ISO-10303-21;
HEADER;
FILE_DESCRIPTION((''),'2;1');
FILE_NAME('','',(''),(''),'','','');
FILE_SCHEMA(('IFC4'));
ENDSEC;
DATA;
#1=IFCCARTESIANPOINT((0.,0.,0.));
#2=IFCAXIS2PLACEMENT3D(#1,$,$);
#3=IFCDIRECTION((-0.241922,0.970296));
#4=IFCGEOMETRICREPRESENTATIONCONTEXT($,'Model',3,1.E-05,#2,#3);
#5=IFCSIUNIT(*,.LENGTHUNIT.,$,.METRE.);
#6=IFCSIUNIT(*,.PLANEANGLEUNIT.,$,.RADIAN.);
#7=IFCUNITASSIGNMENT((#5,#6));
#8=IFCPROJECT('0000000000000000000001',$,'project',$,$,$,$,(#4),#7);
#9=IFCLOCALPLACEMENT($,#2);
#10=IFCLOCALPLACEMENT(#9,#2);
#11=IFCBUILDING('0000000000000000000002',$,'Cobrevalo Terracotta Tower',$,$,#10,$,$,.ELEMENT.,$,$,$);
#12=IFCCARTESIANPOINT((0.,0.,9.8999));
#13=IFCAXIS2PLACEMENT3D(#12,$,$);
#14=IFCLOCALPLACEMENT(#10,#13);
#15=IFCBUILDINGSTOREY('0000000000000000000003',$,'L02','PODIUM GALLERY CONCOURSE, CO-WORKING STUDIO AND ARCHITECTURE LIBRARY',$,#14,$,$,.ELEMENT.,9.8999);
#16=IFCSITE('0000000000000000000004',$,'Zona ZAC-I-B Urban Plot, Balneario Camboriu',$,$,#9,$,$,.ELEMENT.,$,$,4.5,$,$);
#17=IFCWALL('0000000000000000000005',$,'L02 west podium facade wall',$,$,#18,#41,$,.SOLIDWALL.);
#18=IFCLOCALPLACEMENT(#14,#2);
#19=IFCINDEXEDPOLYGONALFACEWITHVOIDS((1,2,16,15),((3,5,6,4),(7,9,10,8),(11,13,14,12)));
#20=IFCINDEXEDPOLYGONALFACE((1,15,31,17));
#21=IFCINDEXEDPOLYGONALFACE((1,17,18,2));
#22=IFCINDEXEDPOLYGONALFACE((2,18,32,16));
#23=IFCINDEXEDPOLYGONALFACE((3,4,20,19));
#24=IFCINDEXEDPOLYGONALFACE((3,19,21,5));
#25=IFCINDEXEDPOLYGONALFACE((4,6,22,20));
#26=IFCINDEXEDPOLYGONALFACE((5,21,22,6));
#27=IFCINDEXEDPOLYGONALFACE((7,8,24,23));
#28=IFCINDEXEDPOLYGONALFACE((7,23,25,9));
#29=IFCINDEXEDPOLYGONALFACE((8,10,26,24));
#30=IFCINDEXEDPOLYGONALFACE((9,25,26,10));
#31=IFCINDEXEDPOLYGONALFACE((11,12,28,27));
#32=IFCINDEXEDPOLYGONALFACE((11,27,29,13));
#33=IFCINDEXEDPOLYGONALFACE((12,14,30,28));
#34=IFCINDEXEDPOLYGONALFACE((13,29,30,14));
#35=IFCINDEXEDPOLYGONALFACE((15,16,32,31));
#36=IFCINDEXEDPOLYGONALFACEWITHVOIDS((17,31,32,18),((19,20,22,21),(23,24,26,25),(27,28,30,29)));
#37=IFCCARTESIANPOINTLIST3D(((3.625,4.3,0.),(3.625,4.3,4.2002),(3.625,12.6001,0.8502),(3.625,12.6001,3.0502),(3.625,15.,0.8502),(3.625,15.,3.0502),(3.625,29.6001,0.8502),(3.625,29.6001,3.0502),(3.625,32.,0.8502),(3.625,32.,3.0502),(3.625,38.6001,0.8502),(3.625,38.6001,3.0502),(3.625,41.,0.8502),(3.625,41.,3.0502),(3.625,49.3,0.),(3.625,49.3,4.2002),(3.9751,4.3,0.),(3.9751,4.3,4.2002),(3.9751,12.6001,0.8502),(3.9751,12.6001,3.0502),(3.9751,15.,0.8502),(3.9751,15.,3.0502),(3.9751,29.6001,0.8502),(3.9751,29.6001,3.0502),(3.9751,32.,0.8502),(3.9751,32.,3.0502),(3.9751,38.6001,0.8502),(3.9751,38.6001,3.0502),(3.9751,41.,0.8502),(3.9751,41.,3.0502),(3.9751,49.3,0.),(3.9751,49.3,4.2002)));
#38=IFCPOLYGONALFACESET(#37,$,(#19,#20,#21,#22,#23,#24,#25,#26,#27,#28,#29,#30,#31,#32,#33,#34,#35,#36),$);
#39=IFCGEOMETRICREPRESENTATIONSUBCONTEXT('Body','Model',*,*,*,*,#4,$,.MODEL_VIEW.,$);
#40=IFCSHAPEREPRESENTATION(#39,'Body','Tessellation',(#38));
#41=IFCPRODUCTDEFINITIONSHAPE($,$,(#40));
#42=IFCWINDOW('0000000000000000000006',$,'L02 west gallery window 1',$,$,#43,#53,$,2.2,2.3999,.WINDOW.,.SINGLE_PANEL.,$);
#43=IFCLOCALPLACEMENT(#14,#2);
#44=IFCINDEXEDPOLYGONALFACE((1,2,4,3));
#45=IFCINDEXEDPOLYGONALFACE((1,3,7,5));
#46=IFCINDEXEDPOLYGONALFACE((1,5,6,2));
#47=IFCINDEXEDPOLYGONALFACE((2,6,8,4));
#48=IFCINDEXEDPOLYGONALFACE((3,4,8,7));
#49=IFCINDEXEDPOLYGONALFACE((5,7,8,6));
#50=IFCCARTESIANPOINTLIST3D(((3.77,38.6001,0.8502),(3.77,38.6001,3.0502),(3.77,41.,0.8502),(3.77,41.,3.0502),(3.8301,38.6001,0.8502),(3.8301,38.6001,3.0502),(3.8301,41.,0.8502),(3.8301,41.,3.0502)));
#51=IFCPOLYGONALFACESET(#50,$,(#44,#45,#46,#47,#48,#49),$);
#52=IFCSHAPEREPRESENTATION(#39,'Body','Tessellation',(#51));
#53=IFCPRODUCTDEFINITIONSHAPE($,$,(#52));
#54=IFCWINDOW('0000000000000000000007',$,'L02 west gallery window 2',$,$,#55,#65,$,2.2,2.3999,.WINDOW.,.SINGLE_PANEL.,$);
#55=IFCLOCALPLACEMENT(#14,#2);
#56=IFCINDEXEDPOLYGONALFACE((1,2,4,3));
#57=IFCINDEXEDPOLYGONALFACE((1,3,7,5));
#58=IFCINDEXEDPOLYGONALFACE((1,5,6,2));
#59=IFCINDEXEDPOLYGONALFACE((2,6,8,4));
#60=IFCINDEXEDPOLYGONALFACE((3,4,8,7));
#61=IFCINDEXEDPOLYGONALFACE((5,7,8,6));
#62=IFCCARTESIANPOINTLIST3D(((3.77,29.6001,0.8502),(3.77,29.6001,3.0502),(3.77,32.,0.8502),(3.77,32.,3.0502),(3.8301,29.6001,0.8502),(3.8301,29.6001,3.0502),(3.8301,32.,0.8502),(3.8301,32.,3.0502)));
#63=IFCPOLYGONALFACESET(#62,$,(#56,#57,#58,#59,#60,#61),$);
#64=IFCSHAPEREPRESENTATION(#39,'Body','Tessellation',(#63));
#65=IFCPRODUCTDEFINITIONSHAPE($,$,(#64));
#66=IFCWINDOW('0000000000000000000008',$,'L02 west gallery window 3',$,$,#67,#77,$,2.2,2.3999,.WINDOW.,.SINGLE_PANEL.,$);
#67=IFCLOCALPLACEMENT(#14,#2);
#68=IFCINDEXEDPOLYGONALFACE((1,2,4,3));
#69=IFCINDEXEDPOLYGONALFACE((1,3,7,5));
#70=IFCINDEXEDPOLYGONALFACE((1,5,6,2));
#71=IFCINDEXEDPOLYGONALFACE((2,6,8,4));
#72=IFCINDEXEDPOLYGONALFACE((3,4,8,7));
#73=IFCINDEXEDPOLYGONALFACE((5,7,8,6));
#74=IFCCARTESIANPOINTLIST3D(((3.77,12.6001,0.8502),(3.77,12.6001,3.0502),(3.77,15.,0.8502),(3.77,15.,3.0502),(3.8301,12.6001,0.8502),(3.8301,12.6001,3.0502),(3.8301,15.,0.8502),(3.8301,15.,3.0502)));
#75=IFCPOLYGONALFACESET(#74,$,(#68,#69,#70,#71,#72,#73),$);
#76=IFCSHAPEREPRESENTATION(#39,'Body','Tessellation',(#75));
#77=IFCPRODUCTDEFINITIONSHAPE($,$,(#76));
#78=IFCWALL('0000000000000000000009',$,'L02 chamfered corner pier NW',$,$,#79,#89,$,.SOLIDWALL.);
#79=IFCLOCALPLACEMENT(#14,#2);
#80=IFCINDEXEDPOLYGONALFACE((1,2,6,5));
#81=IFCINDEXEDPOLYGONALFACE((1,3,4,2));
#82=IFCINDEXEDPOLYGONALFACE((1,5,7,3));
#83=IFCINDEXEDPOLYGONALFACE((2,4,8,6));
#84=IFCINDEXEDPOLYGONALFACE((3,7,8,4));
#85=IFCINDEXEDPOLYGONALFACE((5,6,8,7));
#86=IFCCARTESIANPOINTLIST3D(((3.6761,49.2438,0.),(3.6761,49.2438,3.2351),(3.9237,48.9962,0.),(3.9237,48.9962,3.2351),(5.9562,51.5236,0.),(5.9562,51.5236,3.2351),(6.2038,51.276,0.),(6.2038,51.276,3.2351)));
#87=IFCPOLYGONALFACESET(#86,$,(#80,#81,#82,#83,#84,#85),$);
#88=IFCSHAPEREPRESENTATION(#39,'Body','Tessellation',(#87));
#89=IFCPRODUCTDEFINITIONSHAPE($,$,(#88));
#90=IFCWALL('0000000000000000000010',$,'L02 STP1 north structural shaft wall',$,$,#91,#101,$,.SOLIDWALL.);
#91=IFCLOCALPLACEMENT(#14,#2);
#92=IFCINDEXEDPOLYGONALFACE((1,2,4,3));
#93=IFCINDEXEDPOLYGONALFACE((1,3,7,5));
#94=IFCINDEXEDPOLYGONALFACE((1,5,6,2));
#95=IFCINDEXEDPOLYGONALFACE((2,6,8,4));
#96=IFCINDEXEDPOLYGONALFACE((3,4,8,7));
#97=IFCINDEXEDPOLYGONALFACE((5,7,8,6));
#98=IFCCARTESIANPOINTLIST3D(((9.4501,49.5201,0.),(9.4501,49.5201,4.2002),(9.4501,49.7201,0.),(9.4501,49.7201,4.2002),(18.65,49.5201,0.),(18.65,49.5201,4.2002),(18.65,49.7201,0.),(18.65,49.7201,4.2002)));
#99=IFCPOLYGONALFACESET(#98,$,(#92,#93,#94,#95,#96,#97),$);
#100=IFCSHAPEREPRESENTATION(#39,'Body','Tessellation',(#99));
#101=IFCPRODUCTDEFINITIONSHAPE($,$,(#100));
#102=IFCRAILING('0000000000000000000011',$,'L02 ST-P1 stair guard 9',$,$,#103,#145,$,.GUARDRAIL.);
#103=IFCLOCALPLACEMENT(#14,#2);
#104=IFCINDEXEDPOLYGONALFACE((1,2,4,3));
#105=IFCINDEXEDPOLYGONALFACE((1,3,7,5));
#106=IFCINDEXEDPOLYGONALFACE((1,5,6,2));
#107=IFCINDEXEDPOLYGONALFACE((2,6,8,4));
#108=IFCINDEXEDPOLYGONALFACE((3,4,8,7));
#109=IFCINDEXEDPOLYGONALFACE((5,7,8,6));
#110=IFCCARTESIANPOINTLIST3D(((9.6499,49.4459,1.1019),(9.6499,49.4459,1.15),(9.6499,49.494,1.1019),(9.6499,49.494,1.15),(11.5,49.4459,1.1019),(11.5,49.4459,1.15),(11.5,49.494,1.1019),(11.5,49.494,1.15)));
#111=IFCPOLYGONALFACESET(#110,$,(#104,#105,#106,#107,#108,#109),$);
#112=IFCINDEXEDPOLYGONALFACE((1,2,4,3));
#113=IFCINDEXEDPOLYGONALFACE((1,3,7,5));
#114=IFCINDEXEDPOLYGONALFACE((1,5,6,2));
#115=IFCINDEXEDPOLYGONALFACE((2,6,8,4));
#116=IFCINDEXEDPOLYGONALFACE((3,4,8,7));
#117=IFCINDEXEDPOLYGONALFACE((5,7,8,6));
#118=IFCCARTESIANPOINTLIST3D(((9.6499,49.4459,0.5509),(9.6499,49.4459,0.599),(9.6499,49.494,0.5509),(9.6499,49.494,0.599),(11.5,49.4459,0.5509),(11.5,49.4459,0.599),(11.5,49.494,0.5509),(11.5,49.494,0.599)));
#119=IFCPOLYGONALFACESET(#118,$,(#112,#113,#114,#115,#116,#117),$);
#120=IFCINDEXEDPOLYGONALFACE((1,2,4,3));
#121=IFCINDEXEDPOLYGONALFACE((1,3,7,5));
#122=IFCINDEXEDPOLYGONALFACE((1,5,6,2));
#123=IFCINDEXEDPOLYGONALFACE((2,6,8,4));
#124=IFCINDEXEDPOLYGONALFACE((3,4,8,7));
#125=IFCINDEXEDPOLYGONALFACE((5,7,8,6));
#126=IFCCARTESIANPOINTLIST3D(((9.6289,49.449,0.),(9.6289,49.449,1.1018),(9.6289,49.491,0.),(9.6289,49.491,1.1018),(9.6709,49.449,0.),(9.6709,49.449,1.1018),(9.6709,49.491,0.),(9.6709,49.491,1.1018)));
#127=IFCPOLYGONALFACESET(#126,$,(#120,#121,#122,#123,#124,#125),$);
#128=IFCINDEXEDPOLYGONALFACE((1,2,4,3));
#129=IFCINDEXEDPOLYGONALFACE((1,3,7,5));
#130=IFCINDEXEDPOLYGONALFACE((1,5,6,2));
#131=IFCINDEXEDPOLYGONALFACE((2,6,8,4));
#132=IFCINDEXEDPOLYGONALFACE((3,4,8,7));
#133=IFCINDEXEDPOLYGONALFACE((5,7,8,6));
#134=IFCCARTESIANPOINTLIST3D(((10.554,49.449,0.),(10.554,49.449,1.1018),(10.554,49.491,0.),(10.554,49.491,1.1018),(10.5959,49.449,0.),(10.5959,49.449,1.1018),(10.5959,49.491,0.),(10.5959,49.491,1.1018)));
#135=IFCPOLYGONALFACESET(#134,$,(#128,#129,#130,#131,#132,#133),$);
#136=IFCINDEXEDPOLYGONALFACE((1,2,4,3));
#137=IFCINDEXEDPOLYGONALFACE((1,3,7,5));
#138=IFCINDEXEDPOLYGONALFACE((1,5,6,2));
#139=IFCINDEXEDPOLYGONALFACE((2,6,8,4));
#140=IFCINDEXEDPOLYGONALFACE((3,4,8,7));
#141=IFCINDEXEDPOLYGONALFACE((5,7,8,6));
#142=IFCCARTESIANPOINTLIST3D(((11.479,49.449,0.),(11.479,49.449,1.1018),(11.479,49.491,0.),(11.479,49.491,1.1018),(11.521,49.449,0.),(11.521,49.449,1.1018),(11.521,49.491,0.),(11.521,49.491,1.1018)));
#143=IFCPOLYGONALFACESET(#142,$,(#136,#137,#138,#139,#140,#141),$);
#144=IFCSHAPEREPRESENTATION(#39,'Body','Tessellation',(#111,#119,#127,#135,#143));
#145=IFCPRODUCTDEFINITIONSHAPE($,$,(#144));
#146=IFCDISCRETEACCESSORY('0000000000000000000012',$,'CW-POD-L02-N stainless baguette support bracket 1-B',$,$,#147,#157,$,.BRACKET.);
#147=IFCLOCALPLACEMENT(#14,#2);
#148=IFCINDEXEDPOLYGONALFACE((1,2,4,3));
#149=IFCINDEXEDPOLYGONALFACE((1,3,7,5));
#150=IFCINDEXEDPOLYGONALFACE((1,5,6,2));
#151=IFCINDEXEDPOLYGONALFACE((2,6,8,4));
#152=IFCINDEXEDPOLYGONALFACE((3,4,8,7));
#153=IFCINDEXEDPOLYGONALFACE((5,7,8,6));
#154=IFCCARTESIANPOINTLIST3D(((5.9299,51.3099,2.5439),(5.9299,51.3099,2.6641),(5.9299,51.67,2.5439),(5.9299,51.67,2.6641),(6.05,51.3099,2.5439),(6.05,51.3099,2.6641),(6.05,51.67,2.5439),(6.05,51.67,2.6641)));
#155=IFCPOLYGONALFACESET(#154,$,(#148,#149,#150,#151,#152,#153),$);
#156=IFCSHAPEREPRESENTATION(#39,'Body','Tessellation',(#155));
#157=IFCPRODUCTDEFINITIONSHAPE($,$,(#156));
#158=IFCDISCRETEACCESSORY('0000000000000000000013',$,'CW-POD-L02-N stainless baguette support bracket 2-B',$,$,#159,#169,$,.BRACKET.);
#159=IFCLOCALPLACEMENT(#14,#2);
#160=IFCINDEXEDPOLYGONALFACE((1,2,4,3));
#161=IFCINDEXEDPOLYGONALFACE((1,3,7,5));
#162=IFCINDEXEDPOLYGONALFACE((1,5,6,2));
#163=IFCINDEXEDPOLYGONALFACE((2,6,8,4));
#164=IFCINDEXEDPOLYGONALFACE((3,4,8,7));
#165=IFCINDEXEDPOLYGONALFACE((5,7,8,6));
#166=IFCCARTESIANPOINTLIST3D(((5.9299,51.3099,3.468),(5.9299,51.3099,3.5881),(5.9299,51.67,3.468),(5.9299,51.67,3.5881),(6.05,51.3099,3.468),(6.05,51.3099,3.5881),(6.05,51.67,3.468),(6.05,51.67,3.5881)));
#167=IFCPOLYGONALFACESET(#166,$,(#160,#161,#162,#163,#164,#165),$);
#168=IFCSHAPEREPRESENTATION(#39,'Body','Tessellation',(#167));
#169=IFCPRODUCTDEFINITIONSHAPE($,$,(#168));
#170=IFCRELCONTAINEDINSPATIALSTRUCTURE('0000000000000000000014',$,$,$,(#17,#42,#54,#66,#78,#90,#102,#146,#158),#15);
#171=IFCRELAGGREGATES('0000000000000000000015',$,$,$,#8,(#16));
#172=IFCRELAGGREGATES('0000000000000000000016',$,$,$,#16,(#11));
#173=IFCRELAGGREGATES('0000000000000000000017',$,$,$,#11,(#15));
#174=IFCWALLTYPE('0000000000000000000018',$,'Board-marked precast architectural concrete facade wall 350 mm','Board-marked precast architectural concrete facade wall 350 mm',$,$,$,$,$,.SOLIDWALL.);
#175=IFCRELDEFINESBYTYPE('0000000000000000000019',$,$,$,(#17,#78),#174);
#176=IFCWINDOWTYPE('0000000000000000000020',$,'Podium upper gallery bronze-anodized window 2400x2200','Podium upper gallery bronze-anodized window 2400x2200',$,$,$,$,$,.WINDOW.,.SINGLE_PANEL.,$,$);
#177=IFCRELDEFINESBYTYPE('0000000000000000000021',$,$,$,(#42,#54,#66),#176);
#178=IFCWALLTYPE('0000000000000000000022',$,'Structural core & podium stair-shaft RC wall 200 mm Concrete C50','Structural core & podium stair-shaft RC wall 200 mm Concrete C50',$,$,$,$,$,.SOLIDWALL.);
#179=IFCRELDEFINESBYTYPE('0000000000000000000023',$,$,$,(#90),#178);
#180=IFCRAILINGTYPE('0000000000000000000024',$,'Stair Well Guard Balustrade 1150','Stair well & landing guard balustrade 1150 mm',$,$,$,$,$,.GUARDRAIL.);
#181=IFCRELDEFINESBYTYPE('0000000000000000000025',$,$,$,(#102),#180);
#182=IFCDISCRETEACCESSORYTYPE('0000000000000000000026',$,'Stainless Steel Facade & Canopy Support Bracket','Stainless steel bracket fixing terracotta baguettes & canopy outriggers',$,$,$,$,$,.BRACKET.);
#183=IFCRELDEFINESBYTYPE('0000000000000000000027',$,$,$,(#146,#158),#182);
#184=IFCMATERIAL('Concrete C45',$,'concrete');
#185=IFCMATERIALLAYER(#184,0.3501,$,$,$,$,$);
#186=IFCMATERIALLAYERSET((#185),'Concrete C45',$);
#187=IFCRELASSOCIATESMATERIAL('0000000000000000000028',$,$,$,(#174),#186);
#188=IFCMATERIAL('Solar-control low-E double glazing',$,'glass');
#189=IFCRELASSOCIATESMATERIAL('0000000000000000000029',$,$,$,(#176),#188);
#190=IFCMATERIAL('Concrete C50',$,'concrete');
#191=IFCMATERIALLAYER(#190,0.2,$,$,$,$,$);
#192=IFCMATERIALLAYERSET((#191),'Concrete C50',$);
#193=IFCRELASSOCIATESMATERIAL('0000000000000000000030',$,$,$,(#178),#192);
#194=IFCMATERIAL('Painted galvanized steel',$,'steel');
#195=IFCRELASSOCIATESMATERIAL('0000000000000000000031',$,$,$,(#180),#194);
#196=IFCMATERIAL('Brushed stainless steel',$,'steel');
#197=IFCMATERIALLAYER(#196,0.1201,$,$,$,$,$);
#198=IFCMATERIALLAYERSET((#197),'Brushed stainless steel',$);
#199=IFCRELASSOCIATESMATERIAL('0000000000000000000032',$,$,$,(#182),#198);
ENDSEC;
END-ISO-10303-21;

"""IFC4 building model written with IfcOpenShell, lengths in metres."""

from ifc_helpers import new_model, si_unit, direction, frame, frame_2d, origin, origin_2d, place, context, subcontext, project, spatial, rectangle, extrude, source, transform, mapped, material, layer, layer_set, type_object, element, fill, save


model = new_model("IFC4")

# Units and contexts
model_context = context("Model", 3, precision=1e-05, world=origin(), true_north=direction((-0.241922, 0.970296)))
body_context = subcontext(model_context, "Body", "Model", "MODEL_VIEW")
ifc_project = project(units=[si_unit("LENGTHUNIT", "METRE"), si_unit("PLANEANGLEUNIT", "RADIAN")], contexts=[model_context])

# Site, building, storey
site_placement = place(None, origin())
site = spatial("IfcSite", under=ifc_project, at=site_placement, Name="Zona ZAC-I-B Urban Plot, Balneario Camboriu", CompositionType="ELEMENT", RefElevation=4.5)
building_placement = place(site_placement, origin())
building = spatial("IfcBuilding", under=site, at=building_placement, Name="Cobrevalo Terracotta Tower", CompositionType="ELEMENT")
storey_placement = place(building_placement, frame((0.0, 0.0, 9.8999)))
storey = spatial("IfcBuildingStorey", under=building, at=storey_placement, Name="L02", Description="PODIUM GALLERY CONCOURSE, CO-WORKING STUDIO AND ARCHITECTURE LIBRARY", CompositionType="ELEMENT", Elevation=9.8999)

# Shared definitions
ifc_material_1 = material(Name="Concrete C50", Category="concrete")

# Wall, openings, windows
ifc_material_2 = material(Name="Concrete C45", Category="concrete")
ifc_layer_1 = layer(ifc_material_2, 0.3501)
ifc_layer_set_1 = layer_set([ifc_layer_1], Name="Concrete C45")
wall_type_1 = type_object("IfcWallType", Name="Board-marked precast architectural concrete facade wall 350 mm", Description="Board-marked precast architectural concrete facade wall 350 mm", PredefinedType="SOLIDWALL", material=ifc_layer_set_1)
wall_1_placement = place(storey_placement, frame((3.8, 49.3, 0.0), z_axis=(0.0, 0.0, 1.0), x_axis=(0.0, -1.0, 0.0)))
wall_1 = element("IfcWall", 1, at=wall_1_placement, inside=storey, type_object=wall_type_1, Name="L02 west podium facade wall", PredefinedType="SOLIDWALL", context=body_context, shape_type="SweptSolid", body=[
    extrude(rectangle(XDim=45.0, YDim=0.3501, at=frame_2d((22.5, 0.0))), origin(), (0.0, 0.0, 1.0), 4.2002),
])
opening_1_placement = place(wall_1_placement, frame((8.3, 0.0, 0.8501)))
opening_1 = element("IfcOpeningElement", 2, at=opening_1_placement, cuts=wall_1, PredefinedType="OPENING", context=body_context, shape_type="SweptSolid", body=[
    extrude(rectangle(XDim=2.3999, YDim=2.2, at=frame_2d((1.2, 1.1001))), frame((0.0, 0.1851, 0.0), z_axis=(0.0, -1.0, 0.0), x_axis=(1.0, 0.0, 0.0)), (0.0, 0.0, 1.0), 0.3701),
])
opening_2_placement = place(wall_1_placement, frame((17.3, 0.0, 0.8501)))
opening_2 = element("IfcOpeningElement", 3, at=opening_2_placement, cuts=wall_1, PredefinedType="OPENING", context=body_context, shape_type="SweptSolid", body=[
    extrude(rectangle(XDim=2.3999, YDim=2.2, at=frame_2d((1.2, 1.1001))), frame((0.0, 0.1851, 0.0), z_axis=(0.0, -1.0, 0.0), x_axis=(1.0, 0.0, 0.0)), (0.0, 0.0, 1.0), 0.3701),
])
opening_3_placement = place(wall_1_placement, frame((34.3, 0.0, 0.8501)))
opening_3 = element("IfcOpeningElement", 4, at=opening_3_placement, cuts=wall_1, PredefinedType="OPENING", context=body_context, shape_type="SweptSolid", body=[
    extrude(rectangle(XDim=2.3999, YDim=2.2, at=frame_2d((1.2, 1.1001))), frame((0.0, 0.1851, 0.0), z_axis=(0.0, -1.0, 0.0), x_axis=(1.0, 0.0, 0.0)), (0.0, 0.0, 1.0), 0.3701),
])
ifc_material_3 = material(Name="Solar-control low-E double glazing", Category="glass")
window_type = type_object("IfcWindowType", Name="Podium upper gallery bronze-anodized window 2400x2200", Description="Podium upper gallery bronze-anodized window 2400x2200", PartitioningType="SINGLE_PANEL", PredefinedType="WINDOW", material=ifc_material_3)
shared_shape_1 = source(origin(), body_context, "Body", "SweptSolid", [
    extrude(rectangle(XDim=2.3999, YDim=2.2, at=frame_2d((1.2, 1.1001))), frame((0.0, 0.03, 0.0), z_axis=(0.0, -1.0, 0.0), x_axis=(1.0, 0.0, 0.0)), (0.0, 0.0, 1.0), 0.0601),
])
window_1_placement = place(opening_1_placement, origin())
window_1 = element("IfcWindow", 5, at=window_1_placement, inside=storey, type_object=window_type, Name="L02 west gallery window 1", OverallHeight=2.2, OverallWidth=2.3999, PartitioningType="SINGLE_PANEL", PredefinedType="WINDOW", context=body_context, shape_type="MappedRepresentation", body=[
    mapped(shared_shape_1, transform((0.0, 0.0, 0.0), scale=1.0)),
])
fill(opening_1, window_1)
window_2_placement = place(opening_2_placement, origin())
window_2 = element("IfcWindow", 6, at=window_2_placement, inside=storey, type_object=window_type, Name="L02 west gallery window 2", OverallHeight=2.2, OverallWidth=2.3999, PartitioningType="SINGLE_PANEL", PredefinedType="WINDOW", context=body_context, shape_type="MappedRepresentation", body=[
    mapped(shared_shape_1, transform((0.0, 0.0, 0.0), scale=1.0)),
])
fill(opening_2, window_2)
window_3_placement = place(opening_3_placement, origin())
window_3 = element("IfcWindow", 7, at=window_3_placement, inside=storey, type_object=window_type, Name="L02 west gallery window 3", OverallHeight=2.2, OverallWidth=2.3999, PartitioningType="SINGLE_PANEL", PredefinedType="WINDOW", context=body_context, shape_type="MappedRepresentation", body=[
    mapped(shared_shape_1, transform((0.0, 0.0, 0.0), scale=1.0)),
])
fill(opening_3, window_3)

# Walls
wall_2_placement = place(storey_placement, frame((6.0801, 51.3999, 0.0), z_axis=(0.0, 0.0, 1.0), x_axis=(-0.707145, -0.707069, 0.0)))
element("IfcWall", 8, at=wall_2_placement, inside=storey, type_object=wall_type_1, Name="L02 chamfered corner pier NW", PredefinedType="SOLIDWALL", context=body_context, shape_type="SweptSolid", body=[
    extrude(rectangle(XDim=3.2244, YDim=0.3501, at=frame_2d((1.6123, 0.0))), origin(), (0.0, 0.0, 1.0), 3.2351),
])
ifc_layer_2 = layer(ifc_material_1, 0.2)
ifc_layer_set_2 = layer_set([ifc_layer_2], Name="Concrete C50")
wall_type_2 = type_object("IfcWallType", Name="Structural core & podium stair-shaft RC wall 200 mm Concrete C50", Description="Structural core & podium stair-shaft RC wall 200 mm Concrete C50", PredefinedType="SOLIDWALL", material=ifc_layer_set_2)
wall_3_placement = place(storey_placement, frame((9.45, 49.6201, 0.0), z_axis=(0.0, 0.0, 1.0), x_axis=(1.0, 0.0, 0.0)))
element("IfcWall", 9, at=wall_3_placement, inside=storey, type_object=wall_type_2, Name="L02 STP1 north structural shaft wall", PredefinedType="SOLIDWALL", context=body_context, shape_type="SweptSolid", body=[
    extrude(rectangle(XDim=9.2, YDim=0.2, at=frame_2d((4.6001, 0.0))), origin(), (0.0, 0.0, 1.0), 4.2002),
])

# Railing
ifc_material_4 = material(Name="Painted galvanized steel", Category="steel")
railing_type = type_object("IfcRailingType", Name="Stair Well Guard Balustrade 1150", Description="Stair well & landing guard balustrade 1150 mm", PredefinedType="GUARDRAIL", material=ifc_material_4)
railing_placement = place(storey_placement, frame((9.6499, 49.47, 0.0)))
element("IfcRailing", 10, at=railing_placement, inside=storey, type_object=railing_type, Name="L02 ST-P1 stair guard 9", PredefinedType="GUARDRAIL", context=body_context, shape_type="SweptSolid", body=[
    extrude(rectangle(XDim=0.0481, YDim=0.0481, at=origin_2d()), frame((0.0, 0.0, 1.126), z_axis=(1.0, 0.0, 0.0), x_axis=(0.0, 1.0, 0.0)), (0.0, 0.0, 1.0), 1.8501),
    extrude(rectangle(XDim=0.0481, YDim=0.0481, at=origin_2d()), frame((0.0, 0.0, 0.575), z_axis=(1.0, 0.0, 0.0), x_axis=(0.0, 1.0, 0.0)), (0.0, 0.0, 1.0), 1.8501),
    extrude(rectangle(XDim=0.042, YDim=0.042, at=origin_2d()), origin(), (0.0, 0.0, 1.0), 1.1018),
    extrude(rectangle(XDim=0.042, YDim=0.042, at=origin_2d()), frame((0.925, 0.0, 0.0)), (0.0, 0.0, 1.0), 1.1018),
    extrude(rectangle(XDim=0.042, YDim=0.042, at=origin_2d()), frame((1.8501, 0.0, 0.0)), (0.0, 0.0, 1.0), 1.1018),
])

# Discrete accessories
ifc_material_5 = material(Name="Brushed stainless steel", Category="steel")
ifc_layer_3 = layer(ifc_material_5, 0.1201)
ifc_layer_set_3 = layer_set([ifc_layer_3], Name="Brushed stainless steel")
discrete_accessory_type = type_object("IfcDiscreteAccessoryType", Name="Stainless Steel Facade & Canopy Support Bracket", Description="Stainless steel bracket fixing terracotta baguettes & canopy outriggers", PredefinedType="BRACKET", material=ifc_layer_set_3)
shared_shape_2 = source(origin(), body_context, "Body", "SweptSolid", [
    extrude(rectangle(XDim=0.1201, YDim=0.3601, at=origin_2d()), origin(), (0.0, 0.0, 1.0), 0.1201),
])
for number, where, z_axis, x_axis, name in (
    (11, (5.99, 51.49, 2.5439), (0.0, 0.0, 1.0), (-1.0, 0.0, 0.0), "CW-POD-L02-N stainless baguette support bracket 1-B"),
    (12, (5.99, 51.49, 3.468), (0.0, 0.0, 1.0), (-1.0, 0.0, 0.0), "CW-POD-L02-N stainless baguette support bracket 2-B"),
):
    element("IfcDiscreteAccessory", number, at=place(storey_placement, frame(where, z_axis=z_axis, x_axis=x_axis)), inside=storey, type_object=discrete_accessory_type, Name=name, PredefinedType="BRACKET", context=body_context, shape_type="MappedRepresentation", body=[
        mapped(shared_shape_2, transform((0.0, 0.0, 0.0), scale=1.0)),
    ])

save(model, "model.ifc")
